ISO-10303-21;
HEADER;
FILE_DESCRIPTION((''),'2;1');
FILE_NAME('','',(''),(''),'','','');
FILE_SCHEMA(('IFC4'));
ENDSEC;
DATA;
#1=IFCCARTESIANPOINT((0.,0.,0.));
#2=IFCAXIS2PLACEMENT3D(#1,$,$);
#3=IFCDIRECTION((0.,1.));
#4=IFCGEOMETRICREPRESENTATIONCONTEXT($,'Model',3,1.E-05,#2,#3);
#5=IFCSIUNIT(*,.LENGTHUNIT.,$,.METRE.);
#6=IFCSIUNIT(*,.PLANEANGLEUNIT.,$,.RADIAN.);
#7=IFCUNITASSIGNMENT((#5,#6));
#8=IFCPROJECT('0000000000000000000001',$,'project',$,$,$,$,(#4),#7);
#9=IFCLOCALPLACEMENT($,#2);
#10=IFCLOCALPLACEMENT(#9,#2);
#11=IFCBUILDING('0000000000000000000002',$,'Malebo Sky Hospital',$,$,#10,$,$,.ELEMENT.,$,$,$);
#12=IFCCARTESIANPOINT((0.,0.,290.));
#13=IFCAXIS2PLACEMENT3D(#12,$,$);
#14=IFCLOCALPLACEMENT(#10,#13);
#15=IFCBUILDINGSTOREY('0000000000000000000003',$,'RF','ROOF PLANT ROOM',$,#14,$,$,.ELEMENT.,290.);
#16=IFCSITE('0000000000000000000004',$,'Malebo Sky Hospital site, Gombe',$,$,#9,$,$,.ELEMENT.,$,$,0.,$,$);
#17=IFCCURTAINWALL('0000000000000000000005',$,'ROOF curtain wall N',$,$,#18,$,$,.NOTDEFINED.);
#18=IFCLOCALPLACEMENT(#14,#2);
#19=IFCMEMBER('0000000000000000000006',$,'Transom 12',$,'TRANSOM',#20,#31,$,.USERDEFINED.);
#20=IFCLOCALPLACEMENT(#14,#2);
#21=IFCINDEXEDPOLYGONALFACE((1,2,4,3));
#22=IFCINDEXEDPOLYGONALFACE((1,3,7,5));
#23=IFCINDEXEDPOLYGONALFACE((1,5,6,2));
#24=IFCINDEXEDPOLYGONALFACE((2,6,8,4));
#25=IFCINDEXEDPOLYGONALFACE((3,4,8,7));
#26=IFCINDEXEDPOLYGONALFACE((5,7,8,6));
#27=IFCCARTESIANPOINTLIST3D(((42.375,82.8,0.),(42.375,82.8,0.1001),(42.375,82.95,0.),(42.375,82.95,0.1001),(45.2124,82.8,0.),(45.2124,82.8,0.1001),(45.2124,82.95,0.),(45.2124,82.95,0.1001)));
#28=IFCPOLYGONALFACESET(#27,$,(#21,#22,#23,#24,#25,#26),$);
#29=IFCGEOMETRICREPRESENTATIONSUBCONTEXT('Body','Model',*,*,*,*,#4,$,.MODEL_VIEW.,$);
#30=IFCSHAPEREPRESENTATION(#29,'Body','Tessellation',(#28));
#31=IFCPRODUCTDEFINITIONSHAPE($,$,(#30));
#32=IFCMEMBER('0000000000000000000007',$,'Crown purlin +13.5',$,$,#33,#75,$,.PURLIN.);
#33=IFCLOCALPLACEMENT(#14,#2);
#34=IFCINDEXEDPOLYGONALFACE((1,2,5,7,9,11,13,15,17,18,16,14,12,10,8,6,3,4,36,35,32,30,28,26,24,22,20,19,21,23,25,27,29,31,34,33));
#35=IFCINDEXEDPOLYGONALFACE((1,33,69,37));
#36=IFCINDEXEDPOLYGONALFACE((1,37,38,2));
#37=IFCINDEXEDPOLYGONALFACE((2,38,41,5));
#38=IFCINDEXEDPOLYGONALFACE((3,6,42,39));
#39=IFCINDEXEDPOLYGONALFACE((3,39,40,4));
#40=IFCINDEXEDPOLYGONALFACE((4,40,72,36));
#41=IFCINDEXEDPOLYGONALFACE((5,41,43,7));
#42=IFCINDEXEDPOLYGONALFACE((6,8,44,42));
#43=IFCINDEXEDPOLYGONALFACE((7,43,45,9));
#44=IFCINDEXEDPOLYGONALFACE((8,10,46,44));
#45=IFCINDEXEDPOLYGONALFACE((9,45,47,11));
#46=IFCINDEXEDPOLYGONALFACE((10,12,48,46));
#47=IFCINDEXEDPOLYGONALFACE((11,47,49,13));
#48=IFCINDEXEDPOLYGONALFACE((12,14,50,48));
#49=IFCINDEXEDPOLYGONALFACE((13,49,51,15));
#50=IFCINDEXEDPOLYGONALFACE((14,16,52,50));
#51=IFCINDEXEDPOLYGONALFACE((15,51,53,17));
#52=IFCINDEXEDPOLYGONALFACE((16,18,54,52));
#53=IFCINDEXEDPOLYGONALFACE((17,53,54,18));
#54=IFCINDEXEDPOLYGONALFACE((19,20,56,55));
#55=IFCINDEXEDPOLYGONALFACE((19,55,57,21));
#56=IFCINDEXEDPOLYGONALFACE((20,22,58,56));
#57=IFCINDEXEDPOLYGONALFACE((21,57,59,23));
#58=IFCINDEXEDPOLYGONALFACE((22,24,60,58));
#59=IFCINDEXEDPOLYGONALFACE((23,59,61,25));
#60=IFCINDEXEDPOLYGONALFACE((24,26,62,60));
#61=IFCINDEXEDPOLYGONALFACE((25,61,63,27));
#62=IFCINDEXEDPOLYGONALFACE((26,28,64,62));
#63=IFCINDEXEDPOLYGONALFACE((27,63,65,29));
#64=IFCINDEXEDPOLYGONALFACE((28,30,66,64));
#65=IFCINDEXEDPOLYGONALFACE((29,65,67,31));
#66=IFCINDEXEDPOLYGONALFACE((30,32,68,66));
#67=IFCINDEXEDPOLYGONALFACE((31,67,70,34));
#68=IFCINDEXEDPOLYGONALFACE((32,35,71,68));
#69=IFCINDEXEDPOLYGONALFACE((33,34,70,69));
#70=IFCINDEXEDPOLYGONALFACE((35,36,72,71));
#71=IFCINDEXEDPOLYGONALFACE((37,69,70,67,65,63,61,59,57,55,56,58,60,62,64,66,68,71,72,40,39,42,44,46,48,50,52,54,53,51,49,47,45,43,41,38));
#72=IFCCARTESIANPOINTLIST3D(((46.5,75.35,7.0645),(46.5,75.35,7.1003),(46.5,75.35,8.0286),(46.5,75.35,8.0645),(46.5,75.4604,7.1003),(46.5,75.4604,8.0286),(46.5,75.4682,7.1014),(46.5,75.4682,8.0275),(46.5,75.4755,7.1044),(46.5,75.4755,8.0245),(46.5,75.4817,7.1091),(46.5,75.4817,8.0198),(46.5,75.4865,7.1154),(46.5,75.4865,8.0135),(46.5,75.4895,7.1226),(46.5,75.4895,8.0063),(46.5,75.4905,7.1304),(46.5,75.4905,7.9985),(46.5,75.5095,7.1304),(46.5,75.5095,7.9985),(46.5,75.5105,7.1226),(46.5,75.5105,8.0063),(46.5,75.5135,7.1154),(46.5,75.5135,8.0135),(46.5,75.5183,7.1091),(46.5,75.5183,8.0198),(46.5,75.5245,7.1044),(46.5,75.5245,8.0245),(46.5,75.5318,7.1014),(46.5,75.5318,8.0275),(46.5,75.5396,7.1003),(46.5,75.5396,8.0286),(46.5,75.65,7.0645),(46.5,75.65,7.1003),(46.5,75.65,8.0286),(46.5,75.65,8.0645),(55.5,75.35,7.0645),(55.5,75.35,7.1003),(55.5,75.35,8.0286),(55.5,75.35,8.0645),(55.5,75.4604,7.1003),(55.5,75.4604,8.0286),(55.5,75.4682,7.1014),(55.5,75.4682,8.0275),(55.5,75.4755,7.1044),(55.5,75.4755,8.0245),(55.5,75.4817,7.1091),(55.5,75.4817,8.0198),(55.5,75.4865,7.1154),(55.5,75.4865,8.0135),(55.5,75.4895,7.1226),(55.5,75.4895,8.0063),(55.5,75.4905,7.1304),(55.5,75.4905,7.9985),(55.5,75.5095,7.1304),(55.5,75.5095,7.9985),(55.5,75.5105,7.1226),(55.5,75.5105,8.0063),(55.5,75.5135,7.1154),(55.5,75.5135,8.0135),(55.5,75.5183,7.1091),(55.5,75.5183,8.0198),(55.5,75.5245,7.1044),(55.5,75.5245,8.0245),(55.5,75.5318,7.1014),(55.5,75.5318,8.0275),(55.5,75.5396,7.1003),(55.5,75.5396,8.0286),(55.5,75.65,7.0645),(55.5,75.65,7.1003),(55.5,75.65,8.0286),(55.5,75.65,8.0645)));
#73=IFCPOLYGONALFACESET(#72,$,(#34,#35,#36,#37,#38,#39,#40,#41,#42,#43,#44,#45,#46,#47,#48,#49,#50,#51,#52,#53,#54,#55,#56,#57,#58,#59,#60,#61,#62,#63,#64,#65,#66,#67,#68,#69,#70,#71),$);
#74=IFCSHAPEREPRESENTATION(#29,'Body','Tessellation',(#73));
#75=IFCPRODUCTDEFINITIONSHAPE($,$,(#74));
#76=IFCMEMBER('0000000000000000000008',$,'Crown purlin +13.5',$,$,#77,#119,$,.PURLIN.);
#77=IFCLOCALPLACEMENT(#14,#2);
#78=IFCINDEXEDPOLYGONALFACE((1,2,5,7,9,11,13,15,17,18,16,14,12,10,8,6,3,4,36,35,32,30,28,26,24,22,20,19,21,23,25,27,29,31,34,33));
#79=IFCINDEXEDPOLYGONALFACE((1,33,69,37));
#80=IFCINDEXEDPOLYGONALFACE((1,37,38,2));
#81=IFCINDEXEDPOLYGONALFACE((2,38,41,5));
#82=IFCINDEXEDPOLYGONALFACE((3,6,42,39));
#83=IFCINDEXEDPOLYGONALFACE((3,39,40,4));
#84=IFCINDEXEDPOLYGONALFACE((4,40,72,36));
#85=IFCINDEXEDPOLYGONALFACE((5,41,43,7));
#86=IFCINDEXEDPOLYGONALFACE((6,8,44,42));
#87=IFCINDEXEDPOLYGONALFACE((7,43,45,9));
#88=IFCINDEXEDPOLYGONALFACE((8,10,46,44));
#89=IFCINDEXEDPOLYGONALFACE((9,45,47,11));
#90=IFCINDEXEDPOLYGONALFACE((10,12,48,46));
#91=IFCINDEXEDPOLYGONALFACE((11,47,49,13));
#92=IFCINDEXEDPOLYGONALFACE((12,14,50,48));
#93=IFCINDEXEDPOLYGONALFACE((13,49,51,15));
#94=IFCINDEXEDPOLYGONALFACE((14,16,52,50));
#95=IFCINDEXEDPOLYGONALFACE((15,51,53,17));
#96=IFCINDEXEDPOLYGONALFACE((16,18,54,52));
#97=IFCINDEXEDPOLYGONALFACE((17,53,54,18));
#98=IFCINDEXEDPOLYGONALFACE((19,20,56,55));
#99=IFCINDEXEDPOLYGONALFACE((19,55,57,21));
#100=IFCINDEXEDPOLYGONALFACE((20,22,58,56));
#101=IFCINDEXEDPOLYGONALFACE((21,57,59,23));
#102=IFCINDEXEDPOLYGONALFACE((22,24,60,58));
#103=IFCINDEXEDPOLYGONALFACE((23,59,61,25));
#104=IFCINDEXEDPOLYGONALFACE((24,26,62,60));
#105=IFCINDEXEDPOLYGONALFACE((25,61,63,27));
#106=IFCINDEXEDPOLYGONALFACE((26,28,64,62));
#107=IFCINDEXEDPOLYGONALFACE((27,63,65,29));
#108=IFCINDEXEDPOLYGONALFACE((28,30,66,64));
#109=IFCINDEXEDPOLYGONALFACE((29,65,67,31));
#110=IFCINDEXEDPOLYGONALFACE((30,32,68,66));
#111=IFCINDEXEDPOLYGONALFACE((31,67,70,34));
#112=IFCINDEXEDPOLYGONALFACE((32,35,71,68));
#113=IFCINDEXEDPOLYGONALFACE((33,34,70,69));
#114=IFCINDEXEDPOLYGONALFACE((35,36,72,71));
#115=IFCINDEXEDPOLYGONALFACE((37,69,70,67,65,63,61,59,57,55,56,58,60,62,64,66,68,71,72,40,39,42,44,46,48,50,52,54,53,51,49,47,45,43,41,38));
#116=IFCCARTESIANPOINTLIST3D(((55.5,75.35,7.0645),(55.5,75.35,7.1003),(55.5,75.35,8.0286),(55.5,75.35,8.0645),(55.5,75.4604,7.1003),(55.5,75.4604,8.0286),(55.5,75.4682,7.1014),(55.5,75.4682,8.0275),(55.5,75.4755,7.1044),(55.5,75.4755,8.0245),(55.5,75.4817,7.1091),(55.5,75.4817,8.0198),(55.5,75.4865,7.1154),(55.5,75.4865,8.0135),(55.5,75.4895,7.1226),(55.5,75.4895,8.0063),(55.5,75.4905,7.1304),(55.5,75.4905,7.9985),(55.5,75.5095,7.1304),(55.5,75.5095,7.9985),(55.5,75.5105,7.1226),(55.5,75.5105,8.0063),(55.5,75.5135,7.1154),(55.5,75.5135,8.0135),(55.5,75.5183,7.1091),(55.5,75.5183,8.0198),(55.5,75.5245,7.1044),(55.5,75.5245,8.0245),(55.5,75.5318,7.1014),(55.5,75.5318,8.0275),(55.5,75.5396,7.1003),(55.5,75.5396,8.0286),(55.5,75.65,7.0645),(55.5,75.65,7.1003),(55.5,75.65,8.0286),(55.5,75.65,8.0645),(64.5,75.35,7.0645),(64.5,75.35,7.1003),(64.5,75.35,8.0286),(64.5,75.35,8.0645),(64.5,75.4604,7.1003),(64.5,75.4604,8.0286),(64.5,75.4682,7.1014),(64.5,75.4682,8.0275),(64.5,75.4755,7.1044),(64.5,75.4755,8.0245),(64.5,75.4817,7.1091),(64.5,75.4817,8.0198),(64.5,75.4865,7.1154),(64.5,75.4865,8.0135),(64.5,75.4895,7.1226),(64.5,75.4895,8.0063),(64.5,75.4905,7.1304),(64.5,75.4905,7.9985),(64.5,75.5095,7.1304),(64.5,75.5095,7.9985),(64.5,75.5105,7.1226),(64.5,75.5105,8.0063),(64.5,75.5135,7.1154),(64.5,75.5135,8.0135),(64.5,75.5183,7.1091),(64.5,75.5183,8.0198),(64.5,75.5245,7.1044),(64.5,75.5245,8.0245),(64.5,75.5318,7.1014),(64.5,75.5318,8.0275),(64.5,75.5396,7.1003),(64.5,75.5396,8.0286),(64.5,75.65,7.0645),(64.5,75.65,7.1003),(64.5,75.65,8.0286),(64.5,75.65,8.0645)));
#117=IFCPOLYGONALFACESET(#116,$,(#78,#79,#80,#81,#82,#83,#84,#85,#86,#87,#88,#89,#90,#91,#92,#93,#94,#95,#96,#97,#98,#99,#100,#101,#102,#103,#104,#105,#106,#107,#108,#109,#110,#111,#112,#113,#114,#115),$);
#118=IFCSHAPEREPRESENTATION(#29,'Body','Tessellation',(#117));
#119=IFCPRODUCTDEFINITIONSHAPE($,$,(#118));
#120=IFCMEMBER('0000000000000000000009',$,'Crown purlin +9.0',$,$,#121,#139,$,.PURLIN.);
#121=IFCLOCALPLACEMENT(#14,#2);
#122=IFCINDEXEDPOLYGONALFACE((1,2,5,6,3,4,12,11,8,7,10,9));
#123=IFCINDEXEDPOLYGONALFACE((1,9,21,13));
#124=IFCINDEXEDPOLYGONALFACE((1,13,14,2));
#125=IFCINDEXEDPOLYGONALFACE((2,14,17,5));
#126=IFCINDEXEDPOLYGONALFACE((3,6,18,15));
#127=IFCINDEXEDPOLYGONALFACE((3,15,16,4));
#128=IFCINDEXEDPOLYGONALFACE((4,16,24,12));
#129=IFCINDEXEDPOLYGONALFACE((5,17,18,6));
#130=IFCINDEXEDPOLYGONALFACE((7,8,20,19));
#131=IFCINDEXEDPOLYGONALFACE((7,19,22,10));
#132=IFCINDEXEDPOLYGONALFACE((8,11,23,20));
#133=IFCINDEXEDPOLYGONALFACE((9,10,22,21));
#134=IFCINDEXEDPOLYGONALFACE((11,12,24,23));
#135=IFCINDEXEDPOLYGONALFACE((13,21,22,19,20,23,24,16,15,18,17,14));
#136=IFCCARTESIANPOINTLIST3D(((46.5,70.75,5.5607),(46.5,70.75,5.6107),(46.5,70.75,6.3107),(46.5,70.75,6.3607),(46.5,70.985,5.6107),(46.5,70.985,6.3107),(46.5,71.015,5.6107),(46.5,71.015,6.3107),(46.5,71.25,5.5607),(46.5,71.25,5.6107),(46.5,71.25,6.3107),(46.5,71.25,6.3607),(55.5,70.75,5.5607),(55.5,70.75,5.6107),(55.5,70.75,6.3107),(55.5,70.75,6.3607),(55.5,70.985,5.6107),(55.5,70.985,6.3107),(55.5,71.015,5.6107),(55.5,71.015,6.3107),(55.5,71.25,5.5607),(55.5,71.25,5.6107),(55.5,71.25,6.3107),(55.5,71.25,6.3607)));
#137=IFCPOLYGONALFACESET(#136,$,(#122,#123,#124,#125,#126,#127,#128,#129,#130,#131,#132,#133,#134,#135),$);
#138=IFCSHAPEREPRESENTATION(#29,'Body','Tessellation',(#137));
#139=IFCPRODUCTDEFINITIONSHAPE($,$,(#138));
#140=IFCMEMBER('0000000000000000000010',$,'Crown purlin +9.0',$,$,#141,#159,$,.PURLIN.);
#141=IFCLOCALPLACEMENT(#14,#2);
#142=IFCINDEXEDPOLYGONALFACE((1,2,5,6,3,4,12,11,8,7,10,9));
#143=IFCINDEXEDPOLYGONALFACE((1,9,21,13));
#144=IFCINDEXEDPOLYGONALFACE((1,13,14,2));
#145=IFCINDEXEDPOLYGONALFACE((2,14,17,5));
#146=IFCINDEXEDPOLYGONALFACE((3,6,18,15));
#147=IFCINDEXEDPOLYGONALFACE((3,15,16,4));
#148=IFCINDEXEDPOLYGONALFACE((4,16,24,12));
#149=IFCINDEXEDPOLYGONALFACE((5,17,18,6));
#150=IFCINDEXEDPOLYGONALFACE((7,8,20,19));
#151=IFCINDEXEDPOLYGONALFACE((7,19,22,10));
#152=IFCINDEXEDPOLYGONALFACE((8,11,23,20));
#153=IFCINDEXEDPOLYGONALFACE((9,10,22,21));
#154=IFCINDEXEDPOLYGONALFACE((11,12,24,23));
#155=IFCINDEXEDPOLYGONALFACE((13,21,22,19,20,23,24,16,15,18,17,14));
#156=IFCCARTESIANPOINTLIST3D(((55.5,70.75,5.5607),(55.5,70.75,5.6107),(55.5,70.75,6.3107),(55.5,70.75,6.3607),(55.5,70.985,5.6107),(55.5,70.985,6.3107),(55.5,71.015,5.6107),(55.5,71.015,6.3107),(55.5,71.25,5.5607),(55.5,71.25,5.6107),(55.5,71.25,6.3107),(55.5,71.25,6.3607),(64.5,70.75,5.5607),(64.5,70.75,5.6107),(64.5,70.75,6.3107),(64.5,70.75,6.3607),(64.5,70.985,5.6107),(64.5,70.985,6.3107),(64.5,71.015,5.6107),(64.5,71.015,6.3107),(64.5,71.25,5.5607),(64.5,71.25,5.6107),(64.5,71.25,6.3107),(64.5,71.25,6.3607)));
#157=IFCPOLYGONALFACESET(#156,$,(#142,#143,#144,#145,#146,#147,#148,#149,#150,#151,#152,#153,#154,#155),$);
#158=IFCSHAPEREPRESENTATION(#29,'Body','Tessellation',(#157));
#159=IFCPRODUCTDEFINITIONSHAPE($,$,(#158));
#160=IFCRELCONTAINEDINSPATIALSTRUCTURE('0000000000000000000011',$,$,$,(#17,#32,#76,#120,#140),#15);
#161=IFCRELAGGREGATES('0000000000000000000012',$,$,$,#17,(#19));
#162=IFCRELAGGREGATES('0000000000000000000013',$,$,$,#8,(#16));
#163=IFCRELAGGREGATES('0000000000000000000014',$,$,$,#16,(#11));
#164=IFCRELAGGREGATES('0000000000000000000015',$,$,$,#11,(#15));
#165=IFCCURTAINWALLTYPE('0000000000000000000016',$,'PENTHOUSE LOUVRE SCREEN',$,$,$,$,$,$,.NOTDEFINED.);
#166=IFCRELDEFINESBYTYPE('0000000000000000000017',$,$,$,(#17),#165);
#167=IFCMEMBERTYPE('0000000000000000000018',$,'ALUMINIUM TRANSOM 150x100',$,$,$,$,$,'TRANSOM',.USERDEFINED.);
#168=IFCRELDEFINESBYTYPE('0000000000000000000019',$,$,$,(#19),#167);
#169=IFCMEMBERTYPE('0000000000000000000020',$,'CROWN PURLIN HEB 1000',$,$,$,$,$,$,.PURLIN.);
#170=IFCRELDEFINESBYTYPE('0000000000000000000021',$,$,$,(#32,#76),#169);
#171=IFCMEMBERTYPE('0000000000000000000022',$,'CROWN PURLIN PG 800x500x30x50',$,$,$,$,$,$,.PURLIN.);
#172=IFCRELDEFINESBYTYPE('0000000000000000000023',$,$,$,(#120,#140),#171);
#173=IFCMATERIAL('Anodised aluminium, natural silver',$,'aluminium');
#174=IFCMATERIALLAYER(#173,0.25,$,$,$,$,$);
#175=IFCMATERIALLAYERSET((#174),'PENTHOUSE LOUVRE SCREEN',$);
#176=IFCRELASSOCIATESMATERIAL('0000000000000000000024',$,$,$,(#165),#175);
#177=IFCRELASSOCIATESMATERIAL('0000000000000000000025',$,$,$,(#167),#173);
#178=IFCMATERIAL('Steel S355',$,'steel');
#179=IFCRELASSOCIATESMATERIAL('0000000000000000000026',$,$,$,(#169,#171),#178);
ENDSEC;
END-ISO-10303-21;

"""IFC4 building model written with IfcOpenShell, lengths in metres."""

from ifc_helpers import new_model, si_unit, direction, frame, origin, origin_2d, place, context, subcontext, project, spatial, rectangle, i_section, extrude, material, layer, layer_set, material_profile, profile_set, type_object, element, aggregate, save


model = new_model("IFC4")

# Units and contexts
model_context = context("Model", 3, precision=1e-05, world=origin(), true_north=direction((0.0, 1.0)))
body_context = subcontext(model_context, "Body", "Model", "MODEL_VIEW")
ifc_project = project(units=[si_unit("LENGTHUNIT", "METRE"), si_unit("PLANEANGLEUNIT", "RADIAN")], contexts=[model_context])

# Site, building, storey
site_placement = place(None, origin())
site = spatial("IfcSite", under=ifc_project, at=site_placement, Name="Malebo Sky Hospital site, Gombe", CompositionType="ELEMENT", RefElevation=0.0)
building_placement = place(site_placement, origin())
building = spatial("IfcBuilding", under=site, at=building_placement, Name="Malebo Sky Hospital", CompositionType="ELEMENT")
storey_placement = place(building_placement, frame((0.0, 0.0, 290.0)))
storey = spatial("IfcBuildingStorey", under=building, at=storey_placement, Name="RF", Description="ROOF PLANT ROOM", CompositionType="ELEMENT", Elevation=290.0)

# Shared definitions
ifc_material_1 = material(Name="Steel S355", Category="steel")

# Curtain wall, member
ifc_material_2 = material(Name="Anodised aluminium, natural silver", Category="aluminium")
ifc_layer_1 = layer(ifc_material_2, 0.25)
ifc_layer_set_1 = layer_set([ifc_layer_1], Name="PENTHOUSE LOUVRE SCREEN")
curtain_wall_type = type_object("IfcCurtainWallType", Name="PENTHOUSE LOUVRE SCREEN", PredefinedType="NOTDEFINED", material=ifc_layer_set_1)
curtain_wall_placement = place(storey_placement, origin())
curtain_wall = element("IfcCurtainWall", 1, at=curtain_wall_placement, inside=storey, type_object=curtain_wall_type, Name="ROOF curtain wall N", PredefinedType="NOTDEFINED")
ifc_material_profile_1 = material_profile(ifc_material_2, rectangle(XDim=0.1499, YDim=0.1001, at=origin_2d()), Name="ALUMINIUM TRANSOM 150x100")
ifc_profile_set_1 = profile_set([ifc_material_profile_1], Name="Anodised aluminium, natural silver")
member_type_1 = type_object("IfcMemberType", Name="ALUMINIUM TRANSOM 150x100", ElementType="TRANSOM", PredefinedType="USERDEFINED", material=ifc_profile_set_1)
member_1_placement = place(storey_placement, frame((45.2124, 82.875, 0.05), z_axis=(-1.0, 0.0, 0.0), x_axis=(0.0, -1.0, 0.0)))
member_1 = element("IfcMember", 2, at=member_1_placement, type_object=member_type_1, Name="Transom 12", ObjectType="TRANSOM", PredefinedType="USERDEFINED", context=body_context, shape_type="SweptSolid", body=[
    extrude(rectangle(XDim=0.1499, YDim=0.1001, at=origin_2d()), origin(), (0.0, 0.0, 1.0), 2.8374),
])

# Members
ifc_material_profile_2 = material_profile(ifc_material_1, i_section(OverallWidth=0.3, OverallDepth=1.0, WebThickness=0.019, FlangeThickness=0.0359, FilletRadius=0.03, at=origin_2d()), Name="HEB 1000")
ifc_profile_set_2 = profile_set([ifc_material_profile_2], Name="Steel S355")
member_type_2 = type_object("IfcMemberType", Name="CROWN PURLIN HEB 1000", PredefinedType="PURLIN", material=ifc_profile_set_2)
for number, where, z_axis, x_axis, name in (
    (3, (46.5, 75.5, 7.5645), (1.0, 0.0, 0.0), (0.0, 1.0, 0.0), "Crown purlin +13.5"),
    (4, (55.5, 75.5, 7.5645), (1.0, 0.0, 0.0), (0.0, 1.0, 0.0), "Crown purlin +13.5"),
):
    element("IfcMember", number, at=place(storey_placement, frame(where, z_axis=z_axis, x_axis=x_axis)), inside=storey, type_object=member_type_2, Name=name, PredefinedType="PURLIN", context=body_context, shape_type="SweptSolid", body=[
        extrude(i_section(OverallWidth=0.3, OverallDepth=1.0, WebThickness=0.019, FlangeThickness=0.0359, FilletRadius=0.03, at=origin_2d()), origin(), (0.0, 0.0, 1.0), 9.0),
    ])
ifc_material_profile_3 = material_profile(ifc_material_1, i_section(OverallWidth=0.5, OverallDepth=0.8, WebThickness=0.03, FlangeThickness=0.05, at=origin_2d()), Name="PG 800x500x30x50")
ifc_profile_set_3 = profile_set([ifc_material_profile_3], Name="Steel S355")
member_type_3 = type_object("IfcMemberType", Name="CROWN PURLIN PG 800x500x30x50", PredefinedType="PURLIN", material=ifc_profile_set_3)
for number, where, z_axis, x_axis, name in (
    (5, (46.5, 71.0, 5.9607), (1.0, 0.0, 0.0), (0.0, 1.0, 0.0), "Crown purlin +9.0"),
    (6, (55.5, 71.0, 5.9607), (1.0, 0.0, 0.0), (0.0, 1.0, 0.0), "Crown purlin +9.0"),
):
    element("IfcMember", number, at=place(storey_placement, frame(where, z_axis=z_axis, x_axis=x_axis)), inside=storey, type_object=member_type_3, Name=name, PredefinedType="PURLIN", context=body_context, shape_type="SweptSolid", body=[
        extrude(i_section(OverallWidth=0.5, OverallDepth=0.8, WebThickness=0.03, FlangeThickness=0.05, at=origin_2d()), origin(), (0.0, 0.0, 1.0), 9.0),
    ])

aggregate(curtain_wall, [member_1])

save(model, "model.ifc")
